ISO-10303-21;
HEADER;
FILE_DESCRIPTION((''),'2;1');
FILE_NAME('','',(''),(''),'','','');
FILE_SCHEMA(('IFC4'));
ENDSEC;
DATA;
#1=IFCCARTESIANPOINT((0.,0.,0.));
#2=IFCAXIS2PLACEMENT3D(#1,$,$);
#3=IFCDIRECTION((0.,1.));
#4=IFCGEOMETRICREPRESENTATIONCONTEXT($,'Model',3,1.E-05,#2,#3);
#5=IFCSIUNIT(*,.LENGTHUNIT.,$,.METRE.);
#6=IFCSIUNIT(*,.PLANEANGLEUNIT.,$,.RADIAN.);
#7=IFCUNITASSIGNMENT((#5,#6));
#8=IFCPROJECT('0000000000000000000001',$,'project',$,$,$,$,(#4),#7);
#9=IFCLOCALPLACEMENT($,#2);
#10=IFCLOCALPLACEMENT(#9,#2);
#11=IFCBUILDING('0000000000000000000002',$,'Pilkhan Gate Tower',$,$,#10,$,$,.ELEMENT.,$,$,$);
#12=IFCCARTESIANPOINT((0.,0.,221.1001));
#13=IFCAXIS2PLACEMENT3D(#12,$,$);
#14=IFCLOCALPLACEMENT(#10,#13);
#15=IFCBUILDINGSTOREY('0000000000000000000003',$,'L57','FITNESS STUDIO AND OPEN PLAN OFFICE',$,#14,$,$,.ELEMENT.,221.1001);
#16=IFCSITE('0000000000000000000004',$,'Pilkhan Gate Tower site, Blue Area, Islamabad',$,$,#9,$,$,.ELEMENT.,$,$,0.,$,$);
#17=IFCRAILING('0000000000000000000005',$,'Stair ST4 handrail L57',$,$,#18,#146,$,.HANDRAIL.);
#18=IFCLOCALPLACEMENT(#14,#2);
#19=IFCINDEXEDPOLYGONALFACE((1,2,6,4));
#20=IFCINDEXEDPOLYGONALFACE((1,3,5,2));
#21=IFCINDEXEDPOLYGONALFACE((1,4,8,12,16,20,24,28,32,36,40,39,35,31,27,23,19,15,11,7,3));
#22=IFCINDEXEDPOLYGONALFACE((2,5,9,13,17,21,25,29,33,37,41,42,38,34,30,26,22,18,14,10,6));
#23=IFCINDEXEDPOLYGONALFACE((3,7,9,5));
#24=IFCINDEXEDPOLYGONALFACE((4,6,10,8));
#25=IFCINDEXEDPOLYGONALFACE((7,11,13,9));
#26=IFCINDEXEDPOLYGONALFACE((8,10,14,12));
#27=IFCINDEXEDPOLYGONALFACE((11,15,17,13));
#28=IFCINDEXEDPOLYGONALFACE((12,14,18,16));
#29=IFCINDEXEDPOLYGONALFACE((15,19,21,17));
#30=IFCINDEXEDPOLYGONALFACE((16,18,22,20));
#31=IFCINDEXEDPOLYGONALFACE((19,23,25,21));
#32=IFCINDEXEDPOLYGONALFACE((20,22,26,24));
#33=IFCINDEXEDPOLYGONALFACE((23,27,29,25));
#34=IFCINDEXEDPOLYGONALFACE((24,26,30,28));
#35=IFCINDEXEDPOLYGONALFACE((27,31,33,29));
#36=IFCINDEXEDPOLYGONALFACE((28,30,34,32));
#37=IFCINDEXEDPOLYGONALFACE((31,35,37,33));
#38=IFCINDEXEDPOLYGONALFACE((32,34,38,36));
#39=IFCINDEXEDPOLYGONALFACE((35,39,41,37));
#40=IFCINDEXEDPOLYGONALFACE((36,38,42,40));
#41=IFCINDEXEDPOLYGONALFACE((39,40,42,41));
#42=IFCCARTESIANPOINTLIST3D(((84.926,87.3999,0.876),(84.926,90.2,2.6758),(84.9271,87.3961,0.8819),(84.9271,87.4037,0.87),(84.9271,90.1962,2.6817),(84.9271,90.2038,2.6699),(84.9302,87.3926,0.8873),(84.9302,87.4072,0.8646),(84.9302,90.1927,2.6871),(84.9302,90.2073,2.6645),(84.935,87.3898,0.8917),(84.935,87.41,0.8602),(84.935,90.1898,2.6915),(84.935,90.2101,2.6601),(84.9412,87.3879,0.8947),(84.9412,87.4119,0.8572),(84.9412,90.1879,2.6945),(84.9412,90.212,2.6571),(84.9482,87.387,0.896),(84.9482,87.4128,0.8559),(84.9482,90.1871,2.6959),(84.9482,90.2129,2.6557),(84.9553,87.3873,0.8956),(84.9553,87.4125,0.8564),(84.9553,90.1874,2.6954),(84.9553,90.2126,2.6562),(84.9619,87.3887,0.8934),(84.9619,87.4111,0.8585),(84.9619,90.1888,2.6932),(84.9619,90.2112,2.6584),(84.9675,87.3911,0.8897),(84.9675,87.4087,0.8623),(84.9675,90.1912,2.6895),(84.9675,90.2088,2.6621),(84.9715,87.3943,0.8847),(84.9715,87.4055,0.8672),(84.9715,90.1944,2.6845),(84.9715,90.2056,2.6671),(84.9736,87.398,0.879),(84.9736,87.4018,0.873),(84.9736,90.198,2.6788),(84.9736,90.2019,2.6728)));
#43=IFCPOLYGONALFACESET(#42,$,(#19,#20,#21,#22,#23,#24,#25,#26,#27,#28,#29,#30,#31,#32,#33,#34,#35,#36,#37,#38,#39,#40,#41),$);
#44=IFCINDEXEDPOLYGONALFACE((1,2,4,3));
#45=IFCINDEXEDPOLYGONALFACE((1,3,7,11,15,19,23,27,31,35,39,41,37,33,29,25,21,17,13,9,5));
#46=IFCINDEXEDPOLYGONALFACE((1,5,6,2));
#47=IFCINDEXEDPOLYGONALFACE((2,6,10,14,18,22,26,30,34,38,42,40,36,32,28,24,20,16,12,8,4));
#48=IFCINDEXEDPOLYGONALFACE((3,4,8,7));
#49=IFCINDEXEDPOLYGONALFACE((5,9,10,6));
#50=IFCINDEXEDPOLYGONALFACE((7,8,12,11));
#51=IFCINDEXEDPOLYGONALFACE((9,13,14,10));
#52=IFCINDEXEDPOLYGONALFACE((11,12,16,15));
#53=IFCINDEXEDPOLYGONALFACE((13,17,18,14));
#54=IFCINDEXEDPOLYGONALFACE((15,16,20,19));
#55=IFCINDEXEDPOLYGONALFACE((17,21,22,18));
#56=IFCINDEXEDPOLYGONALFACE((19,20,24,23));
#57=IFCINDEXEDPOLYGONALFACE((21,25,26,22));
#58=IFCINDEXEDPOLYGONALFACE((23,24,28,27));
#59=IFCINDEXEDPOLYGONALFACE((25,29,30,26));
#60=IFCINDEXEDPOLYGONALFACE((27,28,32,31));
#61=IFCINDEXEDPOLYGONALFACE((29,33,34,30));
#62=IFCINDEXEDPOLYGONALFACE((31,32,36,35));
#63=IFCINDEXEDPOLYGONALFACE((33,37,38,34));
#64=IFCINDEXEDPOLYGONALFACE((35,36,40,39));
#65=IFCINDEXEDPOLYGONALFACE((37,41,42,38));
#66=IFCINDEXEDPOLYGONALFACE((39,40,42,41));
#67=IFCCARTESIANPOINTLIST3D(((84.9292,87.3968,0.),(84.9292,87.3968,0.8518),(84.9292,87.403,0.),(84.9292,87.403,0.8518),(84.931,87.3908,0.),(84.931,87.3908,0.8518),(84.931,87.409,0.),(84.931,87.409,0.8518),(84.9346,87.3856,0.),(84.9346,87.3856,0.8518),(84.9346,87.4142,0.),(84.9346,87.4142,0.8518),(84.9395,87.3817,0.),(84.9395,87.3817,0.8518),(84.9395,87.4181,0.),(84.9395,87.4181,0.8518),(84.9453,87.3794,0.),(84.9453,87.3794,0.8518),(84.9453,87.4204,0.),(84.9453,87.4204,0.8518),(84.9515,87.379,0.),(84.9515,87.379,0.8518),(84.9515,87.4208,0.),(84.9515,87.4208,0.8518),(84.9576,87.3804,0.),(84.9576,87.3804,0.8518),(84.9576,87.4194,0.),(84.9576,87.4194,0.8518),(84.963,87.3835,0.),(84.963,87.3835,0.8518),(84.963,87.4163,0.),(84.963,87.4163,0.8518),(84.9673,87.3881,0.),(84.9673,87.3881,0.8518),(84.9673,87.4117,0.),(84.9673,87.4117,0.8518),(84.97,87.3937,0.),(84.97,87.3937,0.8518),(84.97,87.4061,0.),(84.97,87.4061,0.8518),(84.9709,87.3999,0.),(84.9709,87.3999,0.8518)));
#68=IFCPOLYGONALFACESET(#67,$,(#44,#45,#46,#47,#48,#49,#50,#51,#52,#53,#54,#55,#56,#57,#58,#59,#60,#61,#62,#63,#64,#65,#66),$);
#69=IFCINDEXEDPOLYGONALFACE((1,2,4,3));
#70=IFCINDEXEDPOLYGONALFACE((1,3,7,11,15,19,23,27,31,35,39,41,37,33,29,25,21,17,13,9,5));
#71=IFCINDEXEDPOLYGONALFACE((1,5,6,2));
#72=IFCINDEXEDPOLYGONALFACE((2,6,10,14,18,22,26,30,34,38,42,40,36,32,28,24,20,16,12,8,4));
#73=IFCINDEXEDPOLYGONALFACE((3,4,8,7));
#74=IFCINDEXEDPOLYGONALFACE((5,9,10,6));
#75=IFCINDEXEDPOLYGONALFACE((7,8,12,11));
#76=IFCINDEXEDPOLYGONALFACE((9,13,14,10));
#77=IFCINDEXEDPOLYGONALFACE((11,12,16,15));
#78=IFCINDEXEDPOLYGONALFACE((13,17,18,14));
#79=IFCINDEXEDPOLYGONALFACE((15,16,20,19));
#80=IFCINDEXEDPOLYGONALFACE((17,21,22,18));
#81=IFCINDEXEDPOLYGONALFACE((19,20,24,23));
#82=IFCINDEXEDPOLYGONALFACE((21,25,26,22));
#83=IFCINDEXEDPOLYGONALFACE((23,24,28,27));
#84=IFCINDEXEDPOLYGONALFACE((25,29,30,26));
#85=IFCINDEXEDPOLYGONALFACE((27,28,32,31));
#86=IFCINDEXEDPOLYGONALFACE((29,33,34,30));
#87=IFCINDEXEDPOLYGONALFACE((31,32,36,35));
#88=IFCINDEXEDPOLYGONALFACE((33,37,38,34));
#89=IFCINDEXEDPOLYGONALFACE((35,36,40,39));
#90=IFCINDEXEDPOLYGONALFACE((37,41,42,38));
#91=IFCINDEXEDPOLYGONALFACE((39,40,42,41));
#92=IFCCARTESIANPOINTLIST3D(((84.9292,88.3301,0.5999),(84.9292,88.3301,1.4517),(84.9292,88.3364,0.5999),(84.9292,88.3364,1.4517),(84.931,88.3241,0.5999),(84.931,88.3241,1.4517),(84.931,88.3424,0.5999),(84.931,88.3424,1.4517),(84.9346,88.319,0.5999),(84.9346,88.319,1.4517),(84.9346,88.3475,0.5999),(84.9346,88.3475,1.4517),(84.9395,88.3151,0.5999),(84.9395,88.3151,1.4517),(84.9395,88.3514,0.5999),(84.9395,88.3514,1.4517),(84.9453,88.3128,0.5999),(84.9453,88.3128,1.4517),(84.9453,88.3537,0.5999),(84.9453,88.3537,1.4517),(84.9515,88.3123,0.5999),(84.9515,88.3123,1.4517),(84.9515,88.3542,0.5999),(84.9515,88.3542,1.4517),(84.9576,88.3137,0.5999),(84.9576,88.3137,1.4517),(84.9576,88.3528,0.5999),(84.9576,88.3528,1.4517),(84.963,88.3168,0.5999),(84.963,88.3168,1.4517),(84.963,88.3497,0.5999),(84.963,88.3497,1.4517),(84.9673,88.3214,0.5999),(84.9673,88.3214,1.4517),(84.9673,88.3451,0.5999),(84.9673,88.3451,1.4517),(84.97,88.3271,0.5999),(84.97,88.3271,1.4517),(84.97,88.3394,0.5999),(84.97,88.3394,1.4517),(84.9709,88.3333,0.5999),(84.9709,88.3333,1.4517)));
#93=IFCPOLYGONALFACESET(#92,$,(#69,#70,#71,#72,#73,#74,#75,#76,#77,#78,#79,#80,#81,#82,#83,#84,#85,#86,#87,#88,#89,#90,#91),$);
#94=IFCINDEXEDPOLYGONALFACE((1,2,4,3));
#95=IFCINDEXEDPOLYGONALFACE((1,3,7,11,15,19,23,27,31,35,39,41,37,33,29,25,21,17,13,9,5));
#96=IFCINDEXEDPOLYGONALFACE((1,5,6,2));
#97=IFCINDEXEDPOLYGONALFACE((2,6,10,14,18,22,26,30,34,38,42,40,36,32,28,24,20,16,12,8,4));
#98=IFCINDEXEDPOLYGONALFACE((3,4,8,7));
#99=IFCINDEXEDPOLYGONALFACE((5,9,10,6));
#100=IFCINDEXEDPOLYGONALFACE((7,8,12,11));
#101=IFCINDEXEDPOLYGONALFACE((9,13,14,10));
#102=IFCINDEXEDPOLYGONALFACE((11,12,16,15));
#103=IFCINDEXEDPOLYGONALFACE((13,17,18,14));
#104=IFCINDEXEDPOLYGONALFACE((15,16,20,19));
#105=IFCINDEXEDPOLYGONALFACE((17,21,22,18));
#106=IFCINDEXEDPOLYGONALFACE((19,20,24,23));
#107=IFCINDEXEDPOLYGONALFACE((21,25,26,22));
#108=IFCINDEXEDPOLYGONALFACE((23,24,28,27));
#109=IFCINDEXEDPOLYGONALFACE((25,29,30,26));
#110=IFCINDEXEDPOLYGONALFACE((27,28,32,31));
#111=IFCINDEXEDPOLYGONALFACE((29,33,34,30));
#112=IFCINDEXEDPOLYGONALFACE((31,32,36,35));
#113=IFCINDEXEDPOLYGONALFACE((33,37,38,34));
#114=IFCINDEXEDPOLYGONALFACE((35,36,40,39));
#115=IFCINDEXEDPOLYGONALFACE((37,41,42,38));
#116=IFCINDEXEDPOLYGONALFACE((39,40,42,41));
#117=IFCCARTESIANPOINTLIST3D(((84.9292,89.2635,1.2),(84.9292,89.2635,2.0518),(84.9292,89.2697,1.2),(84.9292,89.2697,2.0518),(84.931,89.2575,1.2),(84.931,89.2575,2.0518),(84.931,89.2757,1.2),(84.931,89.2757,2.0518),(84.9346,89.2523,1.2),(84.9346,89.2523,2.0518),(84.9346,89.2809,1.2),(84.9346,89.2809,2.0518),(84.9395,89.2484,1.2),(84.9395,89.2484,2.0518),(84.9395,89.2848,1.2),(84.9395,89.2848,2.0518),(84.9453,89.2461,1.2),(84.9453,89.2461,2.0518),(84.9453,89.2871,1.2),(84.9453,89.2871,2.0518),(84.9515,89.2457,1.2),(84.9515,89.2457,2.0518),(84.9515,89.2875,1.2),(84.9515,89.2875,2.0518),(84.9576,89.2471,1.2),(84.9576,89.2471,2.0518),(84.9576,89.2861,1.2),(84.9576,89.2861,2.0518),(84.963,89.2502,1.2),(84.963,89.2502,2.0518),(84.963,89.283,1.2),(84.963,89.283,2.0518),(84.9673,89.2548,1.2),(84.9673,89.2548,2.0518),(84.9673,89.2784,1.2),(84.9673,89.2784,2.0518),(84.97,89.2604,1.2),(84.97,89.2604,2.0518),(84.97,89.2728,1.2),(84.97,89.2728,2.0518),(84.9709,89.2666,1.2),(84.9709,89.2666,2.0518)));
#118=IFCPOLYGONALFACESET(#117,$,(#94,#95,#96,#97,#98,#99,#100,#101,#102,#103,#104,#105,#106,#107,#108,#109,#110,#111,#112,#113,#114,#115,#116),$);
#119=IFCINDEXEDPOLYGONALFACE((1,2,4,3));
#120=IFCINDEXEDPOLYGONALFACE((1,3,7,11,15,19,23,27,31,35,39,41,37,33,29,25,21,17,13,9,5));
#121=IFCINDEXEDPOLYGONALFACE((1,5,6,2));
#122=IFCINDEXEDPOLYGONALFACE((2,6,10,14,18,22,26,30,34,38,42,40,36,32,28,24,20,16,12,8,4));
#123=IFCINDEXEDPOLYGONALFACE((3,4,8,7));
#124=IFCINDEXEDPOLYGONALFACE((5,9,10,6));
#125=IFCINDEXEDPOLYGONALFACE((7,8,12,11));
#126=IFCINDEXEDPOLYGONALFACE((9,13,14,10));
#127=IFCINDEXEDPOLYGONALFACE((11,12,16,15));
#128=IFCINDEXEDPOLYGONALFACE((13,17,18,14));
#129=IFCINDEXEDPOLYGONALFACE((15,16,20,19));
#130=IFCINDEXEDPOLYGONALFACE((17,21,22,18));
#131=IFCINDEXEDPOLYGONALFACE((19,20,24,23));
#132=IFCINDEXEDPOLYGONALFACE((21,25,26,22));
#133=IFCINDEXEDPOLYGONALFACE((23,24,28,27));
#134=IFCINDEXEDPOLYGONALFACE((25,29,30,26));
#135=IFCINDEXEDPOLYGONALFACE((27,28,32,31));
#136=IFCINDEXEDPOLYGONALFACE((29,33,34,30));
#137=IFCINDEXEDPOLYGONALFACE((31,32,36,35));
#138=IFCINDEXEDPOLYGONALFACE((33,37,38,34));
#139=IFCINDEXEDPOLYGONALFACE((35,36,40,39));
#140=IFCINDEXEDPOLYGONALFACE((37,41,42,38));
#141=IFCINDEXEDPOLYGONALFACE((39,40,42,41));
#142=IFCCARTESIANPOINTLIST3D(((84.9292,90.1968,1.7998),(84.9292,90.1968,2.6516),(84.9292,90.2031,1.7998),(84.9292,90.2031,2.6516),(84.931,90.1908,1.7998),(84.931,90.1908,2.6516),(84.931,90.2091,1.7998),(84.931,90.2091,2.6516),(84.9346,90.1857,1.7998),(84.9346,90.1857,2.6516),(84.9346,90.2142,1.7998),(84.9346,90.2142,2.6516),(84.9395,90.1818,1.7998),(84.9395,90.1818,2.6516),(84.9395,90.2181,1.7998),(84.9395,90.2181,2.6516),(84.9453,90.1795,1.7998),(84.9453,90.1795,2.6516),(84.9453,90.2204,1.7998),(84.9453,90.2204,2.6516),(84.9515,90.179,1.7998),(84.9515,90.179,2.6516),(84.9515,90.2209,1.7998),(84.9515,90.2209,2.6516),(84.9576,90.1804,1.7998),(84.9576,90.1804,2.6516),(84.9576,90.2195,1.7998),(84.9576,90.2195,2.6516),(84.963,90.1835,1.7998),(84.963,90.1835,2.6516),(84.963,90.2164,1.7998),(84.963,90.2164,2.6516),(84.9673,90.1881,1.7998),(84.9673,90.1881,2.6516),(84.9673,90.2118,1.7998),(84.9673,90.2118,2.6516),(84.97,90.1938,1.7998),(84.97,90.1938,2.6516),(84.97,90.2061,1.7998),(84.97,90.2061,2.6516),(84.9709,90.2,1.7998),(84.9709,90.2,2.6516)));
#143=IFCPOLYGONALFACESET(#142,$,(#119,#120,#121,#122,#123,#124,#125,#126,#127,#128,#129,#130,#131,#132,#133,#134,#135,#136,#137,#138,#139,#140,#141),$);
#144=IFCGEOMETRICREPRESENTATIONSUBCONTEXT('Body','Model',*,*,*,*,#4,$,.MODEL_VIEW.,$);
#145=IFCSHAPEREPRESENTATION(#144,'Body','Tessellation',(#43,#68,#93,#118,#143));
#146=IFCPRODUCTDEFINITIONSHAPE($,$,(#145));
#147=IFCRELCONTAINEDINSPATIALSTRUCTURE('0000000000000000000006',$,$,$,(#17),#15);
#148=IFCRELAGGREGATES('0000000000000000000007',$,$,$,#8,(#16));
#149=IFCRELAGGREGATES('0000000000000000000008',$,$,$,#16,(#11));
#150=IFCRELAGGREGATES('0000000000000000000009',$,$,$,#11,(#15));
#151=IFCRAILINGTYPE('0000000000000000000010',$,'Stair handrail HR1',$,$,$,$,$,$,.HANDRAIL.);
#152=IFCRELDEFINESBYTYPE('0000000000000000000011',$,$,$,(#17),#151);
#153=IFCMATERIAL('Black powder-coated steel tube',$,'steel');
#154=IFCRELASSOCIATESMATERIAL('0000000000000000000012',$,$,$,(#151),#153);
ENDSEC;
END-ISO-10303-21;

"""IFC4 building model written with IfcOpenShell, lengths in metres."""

from ifc_helpers import new_model, si_unit, direction, frame, origin, origin_2d, place, context, subcontext, project, spatial, circle, extrude, material, type_object, element, save


model = new_model("IFC4")

# Units and contexts
model_context = context("Model", 3, precision=1e-05, world=origin(), true_north=direction((0.0, 1.0)))
body_context = subcontext(model_context, "Body", "Model", "MODEL_VIEW")
ifc_project = project(units=[si_unit("LENGTHUNIT", "METRE"), si_unit("PLANEANGLEUNIT", "RADIAN")], contexts=[model_context])

# Site, building, storey
site_placement = place(None, origin())
site = spatial("IfcSite", under=ifc_project, at=site_placement, Name="Pilkhan Gate Tower site, Blue Area, Islamabad", CompositionType="ELEMENT", RefElevation=0.0)
building_placement = place(site_placement, origin())
building = spatial("IfcBuilding", under=site, at=building_placement, Name="Pilkhan Gate Tower", CompositionType="ELEMENT")
storey_placement = place(building_placement, frame((0.0, 0.0, 221.1001)))
storey = spatial("IfcBuildingStorey", under=building, at=storey_placement, Name="L57", Description="FITNESS STUDIO AND OPEN PLAN OFFICE", CompositionType="ELEMENT", Elevation=221.1001)

# Railing
ifc_material_1 = material(Name="Black powder-coated steel tube", Category="steel")
railing_type_1 = type_object("IfcRailingType", Name="Stair handrail HR1", PredefinedType="HANDRAIL", material=ifc_material_1)
railing_1_placement = place(storey_placement, frame((84.95, 87.3999, 0.0)))
element("IfcRailing", 1, at=railing_1_placement, inside=storey, type_object=railing_type_1, Name="Stair ST4 handrail L57", PredefinedType="HANDRAIL", context=body_context, shape_type="SweptSolid", body=[
    extrude(circle(Radius=0.0239, at=origin_2d()), frame((0.0, 0.0, 0.876), z_axis=(0.0, 0.841209, 0.540709), x_axis=(-1.0, 0.0, 0.0)), (0.0, 0.0, 1.0), 3.3286),
    extrude(circle(Radius=0.021, at=origin_2d()), origin(), (0.0, 0.0, 1.0), 0.8518),
    extrude(circle(Radius=0.021, at=origin_2d()), frame((0.0, 0.9333, 0.5999)), (0.0, 0.0, 1.0), 0.8518),
    extrude(circle(Radius=0.021, at=origin_2d()), frame((0.0, 1.8667, 1.2)), (0.0, 0.0, 1.0), 0.8518),
    extrude(circle(Radius=0.021, at=origin_2d()), frame((0.0, 2.8, 1.7998)), (0.0, 0.0, 1.0), 0.8518),
])

save(model, "model.ifc")
